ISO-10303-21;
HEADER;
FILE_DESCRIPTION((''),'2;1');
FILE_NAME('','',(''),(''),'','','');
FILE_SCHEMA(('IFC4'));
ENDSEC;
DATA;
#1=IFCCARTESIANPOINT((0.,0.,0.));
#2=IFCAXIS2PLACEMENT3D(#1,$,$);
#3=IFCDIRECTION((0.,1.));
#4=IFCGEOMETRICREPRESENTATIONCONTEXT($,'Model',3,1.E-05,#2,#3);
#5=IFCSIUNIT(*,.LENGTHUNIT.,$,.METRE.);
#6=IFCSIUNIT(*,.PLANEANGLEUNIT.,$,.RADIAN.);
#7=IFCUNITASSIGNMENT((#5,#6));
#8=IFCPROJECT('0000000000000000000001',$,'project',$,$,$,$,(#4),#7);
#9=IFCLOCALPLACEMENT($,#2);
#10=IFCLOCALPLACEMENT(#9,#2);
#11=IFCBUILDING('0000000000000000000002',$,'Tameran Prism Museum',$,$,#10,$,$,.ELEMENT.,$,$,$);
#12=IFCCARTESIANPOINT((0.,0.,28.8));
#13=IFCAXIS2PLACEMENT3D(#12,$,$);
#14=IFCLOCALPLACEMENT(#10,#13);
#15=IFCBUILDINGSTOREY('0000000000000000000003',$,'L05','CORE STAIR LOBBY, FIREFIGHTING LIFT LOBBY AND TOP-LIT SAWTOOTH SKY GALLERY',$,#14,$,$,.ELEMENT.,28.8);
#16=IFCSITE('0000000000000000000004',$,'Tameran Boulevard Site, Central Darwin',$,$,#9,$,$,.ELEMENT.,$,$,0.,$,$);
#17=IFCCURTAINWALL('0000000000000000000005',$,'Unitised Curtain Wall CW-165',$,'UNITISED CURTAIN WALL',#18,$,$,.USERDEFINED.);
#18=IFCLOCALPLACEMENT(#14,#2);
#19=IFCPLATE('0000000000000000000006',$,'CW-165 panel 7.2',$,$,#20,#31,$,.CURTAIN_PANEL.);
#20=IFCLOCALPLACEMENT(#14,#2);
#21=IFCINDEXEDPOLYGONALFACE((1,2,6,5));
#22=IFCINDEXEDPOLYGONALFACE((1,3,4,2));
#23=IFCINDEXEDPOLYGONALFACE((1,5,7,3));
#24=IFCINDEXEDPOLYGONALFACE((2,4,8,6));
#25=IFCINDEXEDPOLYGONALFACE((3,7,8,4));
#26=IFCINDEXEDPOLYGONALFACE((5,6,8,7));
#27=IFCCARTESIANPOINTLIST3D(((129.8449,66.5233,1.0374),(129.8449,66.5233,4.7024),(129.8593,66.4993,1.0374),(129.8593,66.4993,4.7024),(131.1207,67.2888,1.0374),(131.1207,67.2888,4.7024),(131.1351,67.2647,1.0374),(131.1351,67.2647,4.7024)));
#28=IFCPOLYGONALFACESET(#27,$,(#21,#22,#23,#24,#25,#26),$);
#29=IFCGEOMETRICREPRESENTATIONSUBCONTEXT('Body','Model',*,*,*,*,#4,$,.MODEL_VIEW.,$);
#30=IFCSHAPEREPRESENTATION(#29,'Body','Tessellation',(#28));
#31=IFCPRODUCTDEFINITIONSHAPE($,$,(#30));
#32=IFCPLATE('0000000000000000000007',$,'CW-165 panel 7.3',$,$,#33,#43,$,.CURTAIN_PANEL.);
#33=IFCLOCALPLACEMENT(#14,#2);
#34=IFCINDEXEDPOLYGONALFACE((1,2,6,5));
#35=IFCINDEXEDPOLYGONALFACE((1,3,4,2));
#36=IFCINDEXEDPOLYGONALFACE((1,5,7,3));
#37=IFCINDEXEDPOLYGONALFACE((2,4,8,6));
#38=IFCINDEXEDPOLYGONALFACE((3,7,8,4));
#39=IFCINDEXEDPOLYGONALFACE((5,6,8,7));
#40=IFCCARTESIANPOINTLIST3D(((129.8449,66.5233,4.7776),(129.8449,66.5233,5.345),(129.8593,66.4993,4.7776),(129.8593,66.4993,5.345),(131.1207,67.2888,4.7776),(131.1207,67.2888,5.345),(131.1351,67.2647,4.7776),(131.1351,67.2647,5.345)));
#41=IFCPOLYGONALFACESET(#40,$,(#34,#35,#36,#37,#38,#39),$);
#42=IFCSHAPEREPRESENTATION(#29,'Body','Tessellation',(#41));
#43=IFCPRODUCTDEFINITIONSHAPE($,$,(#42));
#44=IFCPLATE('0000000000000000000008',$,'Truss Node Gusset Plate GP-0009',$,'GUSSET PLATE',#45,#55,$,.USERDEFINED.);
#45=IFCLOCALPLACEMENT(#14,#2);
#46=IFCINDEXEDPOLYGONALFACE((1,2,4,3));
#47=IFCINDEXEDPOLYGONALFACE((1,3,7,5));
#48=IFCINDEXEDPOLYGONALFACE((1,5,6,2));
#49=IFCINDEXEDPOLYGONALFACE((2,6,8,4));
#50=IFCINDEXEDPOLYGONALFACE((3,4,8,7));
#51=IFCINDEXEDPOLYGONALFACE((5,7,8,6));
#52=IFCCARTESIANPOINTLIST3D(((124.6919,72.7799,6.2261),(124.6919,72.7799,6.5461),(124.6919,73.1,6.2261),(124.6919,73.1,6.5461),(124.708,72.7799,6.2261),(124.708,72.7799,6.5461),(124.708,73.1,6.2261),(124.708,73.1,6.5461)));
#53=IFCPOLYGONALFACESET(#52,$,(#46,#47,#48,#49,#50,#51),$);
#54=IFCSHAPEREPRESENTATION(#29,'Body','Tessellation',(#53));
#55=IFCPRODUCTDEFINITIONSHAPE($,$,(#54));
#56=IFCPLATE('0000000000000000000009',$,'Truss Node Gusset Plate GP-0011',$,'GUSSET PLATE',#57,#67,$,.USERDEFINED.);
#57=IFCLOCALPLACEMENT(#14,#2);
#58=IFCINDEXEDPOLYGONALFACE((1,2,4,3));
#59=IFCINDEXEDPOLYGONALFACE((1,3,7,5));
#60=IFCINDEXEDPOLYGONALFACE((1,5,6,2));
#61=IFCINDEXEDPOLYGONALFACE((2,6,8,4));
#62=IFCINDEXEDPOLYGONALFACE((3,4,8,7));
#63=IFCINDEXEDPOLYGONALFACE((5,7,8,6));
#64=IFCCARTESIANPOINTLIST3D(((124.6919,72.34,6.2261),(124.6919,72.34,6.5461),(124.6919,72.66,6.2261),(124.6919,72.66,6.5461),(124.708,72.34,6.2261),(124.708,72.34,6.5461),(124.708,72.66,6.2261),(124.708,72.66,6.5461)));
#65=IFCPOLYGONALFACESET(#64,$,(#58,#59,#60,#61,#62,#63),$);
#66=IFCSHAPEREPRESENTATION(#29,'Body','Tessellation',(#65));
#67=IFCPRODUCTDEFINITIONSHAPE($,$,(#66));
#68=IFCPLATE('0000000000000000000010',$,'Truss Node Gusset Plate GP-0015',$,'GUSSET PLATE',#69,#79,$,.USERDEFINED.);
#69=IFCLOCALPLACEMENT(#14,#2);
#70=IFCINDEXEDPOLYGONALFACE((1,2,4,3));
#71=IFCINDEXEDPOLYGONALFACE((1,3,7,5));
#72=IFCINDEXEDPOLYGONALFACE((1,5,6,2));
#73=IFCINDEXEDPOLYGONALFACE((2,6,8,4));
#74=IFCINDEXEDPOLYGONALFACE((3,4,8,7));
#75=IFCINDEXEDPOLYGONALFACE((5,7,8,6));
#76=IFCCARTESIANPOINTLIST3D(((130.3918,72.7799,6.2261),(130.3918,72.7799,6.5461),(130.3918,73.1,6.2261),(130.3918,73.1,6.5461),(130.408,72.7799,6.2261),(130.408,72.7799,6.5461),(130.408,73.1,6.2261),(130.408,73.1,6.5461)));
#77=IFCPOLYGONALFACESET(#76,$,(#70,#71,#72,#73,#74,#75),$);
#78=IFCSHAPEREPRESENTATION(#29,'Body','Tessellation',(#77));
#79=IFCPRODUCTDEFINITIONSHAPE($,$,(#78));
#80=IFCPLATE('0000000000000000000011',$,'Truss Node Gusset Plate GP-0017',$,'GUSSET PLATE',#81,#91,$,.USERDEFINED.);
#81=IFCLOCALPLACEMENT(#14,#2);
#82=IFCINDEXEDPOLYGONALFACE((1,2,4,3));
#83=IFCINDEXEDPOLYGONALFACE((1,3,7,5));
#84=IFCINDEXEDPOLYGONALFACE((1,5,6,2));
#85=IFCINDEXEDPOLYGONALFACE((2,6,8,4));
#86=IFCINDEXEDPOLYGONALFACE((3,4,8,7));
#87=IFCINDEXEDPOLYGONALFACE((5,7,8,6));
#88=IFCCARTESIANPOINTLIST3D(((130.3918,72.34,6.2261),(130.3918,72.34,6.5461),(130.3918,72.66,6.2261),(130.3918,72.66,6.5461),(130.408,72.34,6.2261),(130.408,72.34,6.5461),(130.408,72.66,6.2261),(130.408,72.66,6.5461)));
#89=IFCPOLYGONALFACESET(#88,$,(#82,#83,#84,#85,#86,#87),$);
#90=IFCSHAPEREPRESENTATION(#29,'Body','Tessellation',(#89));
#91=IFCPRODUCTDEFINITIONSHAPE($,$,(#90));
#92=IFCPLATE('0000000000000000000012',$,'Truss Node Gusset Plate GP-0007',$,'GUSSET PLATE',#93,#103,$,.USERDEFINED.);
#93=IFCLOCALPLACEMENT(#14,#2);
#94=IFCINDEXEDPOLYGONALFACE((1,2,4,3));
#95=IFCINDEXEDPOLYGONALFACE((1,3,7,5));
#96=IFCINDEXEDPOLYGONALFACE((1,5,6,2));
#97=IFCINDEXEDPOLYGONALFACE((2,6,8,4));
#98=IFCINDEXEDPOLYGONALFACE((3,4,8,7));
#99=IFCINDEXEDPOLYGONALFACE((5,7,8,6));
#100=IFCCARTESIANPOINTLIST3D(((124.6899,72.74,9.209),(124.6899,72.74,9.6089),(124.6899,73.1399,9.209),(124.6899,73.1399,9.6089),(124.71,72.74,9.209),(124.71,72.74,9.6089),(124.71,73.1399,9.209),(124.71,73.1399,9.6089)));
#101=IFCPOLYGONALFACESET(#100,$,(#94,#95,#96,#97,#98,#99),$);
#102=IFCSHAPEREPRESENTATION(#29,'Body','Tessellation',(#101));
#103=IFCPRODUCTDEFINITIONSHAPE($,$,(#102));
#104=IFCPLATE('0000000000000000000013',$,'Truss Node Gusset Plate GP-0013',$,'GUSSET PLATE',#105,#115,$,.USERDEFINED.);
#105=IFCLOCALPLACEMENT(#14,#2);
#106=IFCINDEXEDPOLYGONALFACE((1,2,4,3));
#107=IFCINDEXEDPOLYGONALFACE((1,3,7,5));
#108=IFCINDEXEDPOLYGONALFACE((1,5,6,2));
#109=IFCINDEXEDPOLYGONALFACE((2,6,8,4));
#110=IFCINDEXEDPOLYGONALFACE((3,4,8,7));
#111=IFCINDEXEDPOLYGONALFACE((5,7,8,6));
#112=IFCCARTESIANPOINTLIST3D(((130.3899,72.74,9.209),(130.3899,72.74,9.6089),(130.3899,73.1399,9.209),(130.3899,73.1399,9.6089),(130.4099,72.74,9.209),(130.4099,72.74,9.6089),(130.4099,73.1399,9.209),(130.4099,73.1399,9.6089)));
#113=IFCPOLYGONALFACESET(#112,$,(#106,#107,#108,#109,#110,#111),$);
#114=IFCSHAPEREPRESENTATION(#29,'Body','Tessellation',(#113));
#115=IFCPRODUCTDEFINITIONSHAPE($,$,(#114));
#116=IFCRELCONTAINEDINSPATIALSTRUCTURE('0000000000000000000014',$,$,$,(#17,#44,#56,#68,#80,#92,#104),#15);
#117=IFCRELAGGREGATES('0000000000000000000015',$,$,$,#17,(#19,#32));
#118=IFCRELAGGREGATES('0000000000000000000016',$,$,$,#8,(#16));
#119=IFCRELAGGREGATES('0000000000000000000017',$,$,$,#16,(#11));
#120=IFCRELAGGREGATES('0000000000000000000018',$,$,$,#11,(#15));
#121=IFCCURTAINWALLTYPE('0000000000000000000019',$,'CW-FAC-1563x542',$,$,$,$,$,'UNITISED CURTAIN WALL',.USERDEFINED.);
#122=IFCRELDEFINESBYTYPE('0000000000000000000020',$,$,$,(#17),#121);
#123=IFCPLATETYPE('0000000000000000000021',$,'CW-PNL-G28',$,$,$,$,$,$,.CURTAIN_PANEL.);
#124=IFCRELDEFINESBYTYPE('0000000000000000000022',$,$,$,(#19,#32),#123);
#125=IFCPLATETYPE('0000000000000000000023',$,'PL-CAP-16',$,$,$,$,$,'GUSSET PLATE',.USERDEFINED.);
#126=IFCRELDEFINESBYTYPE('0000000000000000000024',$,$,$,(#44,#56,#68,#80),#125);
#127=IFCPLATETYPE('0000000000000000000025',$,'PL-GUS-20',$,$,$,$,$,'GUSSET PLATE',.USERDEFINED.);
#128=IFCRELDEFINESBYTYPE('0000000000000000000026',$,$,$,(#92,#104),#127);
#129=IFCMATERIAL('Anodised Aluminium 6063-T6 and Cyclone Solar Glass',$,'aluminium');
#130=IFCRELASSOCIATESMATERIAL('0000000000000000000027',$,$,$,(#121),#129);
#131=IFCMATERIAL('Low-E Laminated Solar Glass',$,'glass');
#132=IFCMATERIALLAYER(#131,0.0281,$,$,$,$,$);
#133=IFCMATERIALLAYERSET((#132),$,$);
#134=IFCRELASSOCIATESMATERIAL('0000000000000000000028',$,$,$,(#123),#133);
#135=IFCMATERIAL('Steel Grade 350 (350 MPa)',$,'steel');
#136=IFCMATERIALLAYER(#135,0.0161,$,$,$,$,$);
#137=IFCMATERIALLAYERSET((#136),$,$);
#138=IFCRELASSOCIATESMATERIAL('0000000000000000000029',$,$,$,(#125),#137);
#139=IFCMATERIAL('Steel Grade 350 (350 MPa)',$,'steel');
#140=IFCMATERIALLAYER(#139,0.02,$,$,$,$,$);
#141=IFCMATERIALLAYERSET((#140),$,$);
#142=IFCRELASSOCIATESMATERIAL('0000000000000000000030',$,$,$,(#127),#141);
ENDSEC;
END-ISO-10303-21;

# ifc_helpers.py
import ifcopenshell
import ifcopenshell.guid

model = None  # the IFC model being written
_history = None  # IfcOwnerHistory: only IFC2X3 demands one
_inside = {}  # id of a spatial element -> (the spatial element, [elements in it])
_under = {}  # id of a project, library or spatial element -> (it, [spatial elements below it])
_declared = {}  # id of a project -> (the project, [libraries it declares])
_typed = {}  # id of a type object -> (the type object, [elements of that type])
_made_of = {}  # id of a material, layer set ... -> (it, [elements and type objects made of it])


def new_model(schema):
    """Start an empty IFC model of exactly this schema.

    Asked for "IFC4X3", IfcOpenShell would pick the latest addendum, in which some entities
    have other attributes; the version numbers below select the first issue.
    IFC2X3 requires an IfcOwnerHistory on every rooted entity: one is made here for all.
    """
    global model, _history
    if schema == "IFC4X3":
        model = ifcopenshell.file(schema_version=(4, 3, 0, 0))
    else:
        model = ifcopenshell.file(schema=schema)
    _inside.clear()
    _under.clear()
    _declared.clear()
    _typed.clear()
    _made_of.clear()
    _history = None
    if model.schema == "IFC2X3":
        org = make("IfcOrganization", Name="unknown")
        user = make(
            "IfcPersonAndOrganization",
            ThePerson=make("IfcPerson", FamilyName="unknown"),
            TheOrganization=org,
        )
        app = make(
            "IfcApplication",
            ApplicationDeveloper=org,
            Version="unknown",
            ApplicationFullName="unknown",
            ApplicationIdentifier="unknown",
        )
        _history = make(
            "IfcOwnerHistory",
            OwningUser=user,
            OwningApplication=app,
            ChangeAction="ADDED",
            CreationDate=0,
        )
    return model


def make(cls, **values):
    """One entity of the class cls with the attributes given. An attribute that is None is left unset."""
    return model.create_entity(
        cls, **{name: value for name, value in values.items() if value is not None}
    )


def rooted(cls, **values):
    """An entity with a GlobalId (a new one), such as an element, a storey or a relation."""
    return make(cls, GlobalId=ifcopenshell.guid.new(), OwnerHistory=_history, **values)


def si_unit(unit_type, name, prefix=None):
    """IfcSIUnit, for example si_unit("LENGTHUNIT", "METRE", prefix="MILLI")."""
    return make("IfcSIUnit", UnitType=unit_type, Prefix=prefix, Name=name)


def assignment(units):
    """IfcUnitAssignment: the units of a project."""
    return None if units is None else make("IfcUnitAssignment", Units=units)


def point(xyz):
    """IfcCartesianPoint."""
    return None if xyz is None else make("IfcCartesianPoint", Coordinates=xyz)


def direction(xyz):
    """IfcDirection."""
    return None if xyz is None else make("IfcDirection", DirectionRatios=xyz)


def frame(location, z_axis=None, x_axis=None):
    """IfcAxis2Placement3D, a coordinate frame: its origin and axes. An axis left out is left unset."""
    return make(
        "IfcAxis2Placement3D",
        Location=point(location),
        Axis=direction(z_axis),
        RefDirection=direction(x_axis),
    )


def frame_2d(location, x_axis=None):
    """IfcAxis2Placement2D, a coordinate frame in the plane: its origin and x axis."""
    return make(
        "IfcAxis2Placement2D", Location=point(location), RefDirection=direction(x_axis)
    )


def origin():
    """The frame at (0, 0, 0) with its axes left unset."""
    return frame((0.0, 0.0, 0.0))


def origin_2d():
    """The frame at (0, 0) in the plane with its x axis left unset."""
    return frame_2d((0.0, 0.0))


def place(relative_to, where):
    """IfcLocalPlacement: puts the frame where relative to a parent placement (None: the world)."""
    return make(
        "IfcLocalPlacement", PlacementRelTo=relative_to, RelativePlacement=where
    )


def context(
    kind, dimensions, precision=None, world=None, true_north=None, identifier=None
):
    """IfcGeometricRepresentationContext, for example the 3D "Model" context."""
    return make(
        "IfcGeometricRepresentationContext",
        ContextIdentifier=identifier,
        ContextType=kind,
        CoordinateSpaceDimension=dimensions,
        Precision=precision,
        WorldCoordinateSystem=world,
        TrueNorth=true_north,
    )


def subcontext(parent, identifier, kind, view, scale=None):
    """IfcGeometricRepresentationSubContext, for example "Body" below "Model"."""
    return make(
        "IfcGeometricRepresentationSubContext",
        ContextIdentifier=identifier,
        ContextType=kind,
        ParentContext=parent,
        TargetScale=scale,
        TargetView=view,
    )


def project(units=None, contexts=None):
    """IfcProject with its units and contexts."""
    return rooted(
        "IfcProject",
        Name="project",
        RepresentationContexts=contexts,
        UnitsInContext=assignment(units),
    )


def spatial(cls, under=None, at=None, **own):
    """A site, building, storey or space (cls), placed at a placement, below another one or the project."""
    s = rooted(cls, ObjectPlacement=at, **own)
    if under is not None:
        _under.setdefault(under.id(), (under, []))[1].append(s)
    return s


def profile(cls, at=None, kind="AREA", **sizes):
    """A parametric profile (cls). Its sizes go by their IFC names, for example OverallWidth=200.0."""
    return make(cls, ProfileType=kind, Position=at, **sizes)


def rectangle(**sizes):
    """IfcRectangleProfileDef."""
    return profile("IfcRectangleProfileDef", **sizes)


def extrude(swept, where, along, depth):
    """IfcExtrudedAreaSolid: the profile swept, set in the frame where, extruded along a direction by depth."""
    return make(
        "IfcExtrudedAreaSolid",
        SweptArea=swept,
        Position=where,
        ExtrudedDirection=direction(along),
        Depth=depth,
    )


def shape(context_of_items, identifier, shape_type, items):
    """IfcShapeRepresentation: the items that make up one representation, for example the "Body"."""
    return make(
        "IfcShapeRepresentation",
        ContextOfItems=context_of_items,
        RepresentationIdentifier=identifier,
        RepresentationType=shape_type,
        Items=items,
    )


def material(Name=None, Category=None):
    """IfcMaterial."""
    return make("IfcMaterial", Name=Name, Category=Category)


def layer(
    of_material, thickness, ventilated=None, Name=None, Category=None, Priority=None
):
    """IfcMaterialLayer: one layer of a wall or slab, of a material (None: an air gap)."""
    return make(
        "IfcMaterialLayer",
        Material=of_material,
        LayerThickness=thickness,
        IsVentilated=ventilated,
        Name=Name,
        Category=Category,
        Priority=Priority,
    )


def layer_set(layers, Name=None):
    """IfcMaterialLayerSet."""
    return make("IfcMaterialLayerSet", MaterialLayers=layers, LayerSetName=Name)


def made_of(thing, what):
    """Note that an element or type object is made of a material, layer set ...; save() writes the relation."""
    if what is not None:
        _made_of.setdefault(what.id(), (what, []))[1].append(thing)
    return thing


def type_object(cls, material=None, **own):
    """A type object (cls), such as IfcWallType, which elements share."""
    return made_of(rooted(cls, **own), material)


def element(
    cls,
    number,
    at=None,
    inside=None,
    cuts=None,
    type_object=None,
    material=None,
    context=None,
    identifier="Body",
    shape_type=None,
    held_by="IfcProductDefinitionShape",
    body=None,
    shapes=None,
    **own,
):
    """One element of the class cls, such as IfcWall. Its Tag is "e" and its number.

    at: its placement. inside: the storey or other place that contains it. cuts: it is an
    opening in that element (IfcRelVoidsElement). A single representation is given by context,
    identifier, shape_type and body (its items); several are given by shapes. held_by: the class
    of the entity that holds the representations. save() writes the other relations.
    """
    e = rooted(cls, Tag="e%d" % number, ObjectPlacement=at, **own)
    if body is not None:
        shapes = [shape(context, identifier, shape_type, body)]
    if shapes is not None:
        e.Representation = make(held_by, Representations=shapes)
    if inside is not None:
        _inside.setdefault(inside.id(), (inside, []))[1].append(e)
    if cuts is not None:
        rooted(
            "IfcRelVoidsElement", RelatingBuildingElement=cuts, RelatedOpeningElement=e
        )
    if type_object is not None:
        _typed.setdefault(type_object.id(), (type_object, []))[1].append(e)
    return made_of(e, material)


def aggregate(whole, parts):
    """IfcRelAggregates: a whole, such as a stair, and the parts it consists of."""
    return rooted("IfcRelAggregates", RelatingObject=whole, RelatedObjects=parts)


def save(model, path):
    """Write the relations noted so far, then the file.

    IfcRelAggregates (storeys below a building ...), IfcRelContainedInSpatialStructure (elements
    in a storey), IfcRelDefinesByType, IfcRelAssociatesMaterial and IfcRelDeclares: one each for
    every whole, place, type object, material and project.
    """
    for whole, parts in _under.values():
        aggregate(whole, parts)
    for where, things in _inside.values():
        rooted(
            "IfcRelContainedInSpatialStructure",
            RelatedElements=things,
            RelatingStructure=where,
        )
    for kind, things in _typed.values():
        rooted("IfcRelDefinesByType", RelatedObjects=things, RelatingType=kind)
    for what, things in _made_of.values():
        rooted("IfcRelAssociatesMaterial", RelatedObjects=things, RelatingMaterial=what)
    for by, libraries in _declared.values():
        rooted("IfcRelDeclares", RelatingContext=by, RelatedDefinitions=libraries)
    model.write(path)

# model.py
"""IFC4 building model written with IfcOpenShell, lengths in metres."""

from ifc_helpers import new_model, si_unit, direction, frame, origin, origin_2d, place, context, subcontext, project, spatial, rectangle, extrude, material, layer, layer_set, type_object, element, aggregate, save


model = new_model("IFC4")

# Units and contexts
model_context = context("Model", 3, precision=1e-05, world=origin(), true_north=direction((0.0, 1.0)))
body_context = subcontext(model_context, "Body", "Model", "MODEL_VIEW")
ifc_project = project(units=[si_unit("LENGTHUNIT", "METRE"), si_unit("PLANEANGLEUNIT", "RADIAN")], contexts=[model_context])

# Site, building, storey
site_placement = place(None, origin())
site = spatial("IfcSite", under=ifc_project, at=site_placement, Name="Tameran Boulevard Site, Central Darwin", CompositionType="ELEMENT", RefElevation=0.0)
building_placement = place(site_placement, origin())
building = spatial("IfcBuilding", under=site, at=building_placement, Name="Tameran Prism Museum", CompositionType="ELEMENT")
storey_placement = place(building_placement, frame((0.0, 0.0, 28.8)))
storey = spatial("IfcBuildingStorey", under=building, at=storey_placement, Name="L05", Description="CORE STAIR LOBBY, FIREFIGHTING LIFT LOBBY AND TOP-LIT SAWTOOTH SKY GALLERY", CompositionType="ELEMENT", Elevation=28.8)

# Curtain wall
ifc_material_1 = material(Name="Anodised Aluminium 6063-T6 and Cyclone Solar Glass", Category="aluminium")
curtain_wall_type = type_object("IfcCurtainWallType", Name="CW-FAC-1563x542", ElementType="UNITISED CURTAIN WALL", PredefinedType="USERDEFINED", material=ifc_material_1)
curtain_wall_placement = place(storey_placement, origin())
curtain_wall = element("IfcCurtainWall", 1, at=curtain_wall_placement, inside=storey, type_object=curtain_wall_type, Name="Unitised Curtain Wall CW-165", ObjectType="UNITISED CURTAIN WALL", PredefinedType="USERDEFINED")

# Plates
ifc_material_2 = material(Name="Low-E Laminated Solar Glass", Category="glass")
ifc_layer_1 = layer(ifc_material_2, 0.0281)
ifc_layer_set_1 = layer_set([ifc_layer_1])
plate_type_1 = type_object("IfcPlateType", Name="CW-PNL-G28", PredefinedType="CURTAIN_PANEL", material=ifc_layer_set_1)
plate_1_placement = place(storey_placement, frame((130.49, 66.894, 1.0374), z_axis=(0.0, 0.0, 1.0), x_axis=(-0.857493, -0.514496, 0.0)))
plate_1 = element("IfcPlate", 2, at=plate_1_placement, type_object=plate_type_1, Name="CW-165 panel 7.2", PredefinedType="CURTAIN_PANEL", context=body_context, shape_type="SweptSolid", body=[
    extrude(rectangle(XDim=1.4878, YDim=0.0281, at=origin_2d()), origin(), (0.0, 0.0, 1.0), 3.665),
])
plate_2_placement = place(storey_placement, frame((130.49, 66.894, 4.7776), z_axis=(0.0, 0.0, 1.0), x_axis=(-0.857493, -0.514496, 0.0)))
plate_2 = element("IfcPlate", 3, at=plate_2_placement, type_object=plate_type_1, Name="CW-165 panel 7.3", PredefinedType="CURTAIN_PANEL", context=body_context, shape_type="SweptSolid", body=[
    extrude(rectangle(XDim=1.4878, YDim=0.0281, at=origin_2d()), origin(), (0.0, 0.0, 1.0), 0.5674),
])
aggregate(curtain_wall, [plate_1, plate_2])

# Plates
ifc_material_3 = material(Name="Steel Grade 350 (350 MPa)", Category="steel")
ifc_layer_2 = layer(ifc_material_3, 0.0161)
ifc_layer_set_2 = layer_set([ifc_layer_2])
plate_type_2 = type_object("IfcPlateType", Name="PL-CAP-16", ElementType="GUSSET PLATE", PredefinedType="USERDEFINED", material=ifc_layer_set_2)
for number, where, z_axis, x_axis, name in (
    (4, (124.7, 72.9399, 6.2261), (0.0, 0.0, 1.0), (1.0, 0.0, 0.0), "Truss Node Gusset Plate GP-0009"),
    (5, (124.7, 72.5, 6.2261), (0.0, 0.0, 1.0), (1.0, 0.0, 0.0), "Truss Node Gusset Plate GP-0011"),
    (6, (130.3999, 72.9399, 6.2261), (0.0, 0.0, 1.0), (1.0, 0.0, 0.0), "Truss Node Gusset Plate GP-0015"),
    (7, (130.3999, 72.5, 6.2261), (0.0, 0.0, 1.0), (1.0, 0.0, 0.0), "Truss Node Gusset Plate GP-0017"),
):
    element("IfcPlate", number, at=place(storey_placement, frame(where, z_axis=z_axis, x_axis=x_axis)), inside=storey, type_object=plate_type_2, Name=name, ObjectType="GUSSET PLATE", PredefinedType="USERDEFINED", context=body_context, shape_type="SweptSolid", body=[
        extrude(rectangle(XDim=0.0161, YDim=0.3201, at=origin_2d()), origin(), (0.0, 0.0, 1.0), 0.3201),
    ])
ifc_material_4 = material(Name="Steel Grade 350 (350 MPa)", Category="steel")
ifc_layer_3 = layer(ifc_material_4, 0.02)
ifc_layer_set_3 = layer_set([ifc_layer_3])
plate_type_3 = type_object("IfcPlateType", Name="PL-GUS-20", ElementType="GUSSET PLATE", PredefinedType="USERDEFINED", material=ifc_layer_set_3)
for number, where, z_axis, x_axis, name in (
    (8, (124.7, 72.9399, 9.209), (0.0, 0.0, 1.0), (1.0, 0.0, 0.0), "Truss Node Gusset Plate GP-0007"),
    (9, (130.3999, 72.9399, 9.209), (0.0, 0.0, 1.0), (1.0, 0.0, 0.0), "Truss Node Gusset Plate GP-0013"),
):
    element("IfcPlate", number, at=place(storey_placement, frame(where, z_axis=z_axis, x_axis=x_axis)), inside=storey, type_object=plate_type_3, Name=name, ObjectType="GUSSET PLATE", PredefinedType="USERDEFINED", context=body_context, shape_type="SweptSolid", body=[
        extrude(rectangle(XDim=0.02, YDim=0.3999, at=origin_2d()), origin(), (0.0, 0.0, 1.0), 0.3999),
    ])

save(model, "model.ifc")
